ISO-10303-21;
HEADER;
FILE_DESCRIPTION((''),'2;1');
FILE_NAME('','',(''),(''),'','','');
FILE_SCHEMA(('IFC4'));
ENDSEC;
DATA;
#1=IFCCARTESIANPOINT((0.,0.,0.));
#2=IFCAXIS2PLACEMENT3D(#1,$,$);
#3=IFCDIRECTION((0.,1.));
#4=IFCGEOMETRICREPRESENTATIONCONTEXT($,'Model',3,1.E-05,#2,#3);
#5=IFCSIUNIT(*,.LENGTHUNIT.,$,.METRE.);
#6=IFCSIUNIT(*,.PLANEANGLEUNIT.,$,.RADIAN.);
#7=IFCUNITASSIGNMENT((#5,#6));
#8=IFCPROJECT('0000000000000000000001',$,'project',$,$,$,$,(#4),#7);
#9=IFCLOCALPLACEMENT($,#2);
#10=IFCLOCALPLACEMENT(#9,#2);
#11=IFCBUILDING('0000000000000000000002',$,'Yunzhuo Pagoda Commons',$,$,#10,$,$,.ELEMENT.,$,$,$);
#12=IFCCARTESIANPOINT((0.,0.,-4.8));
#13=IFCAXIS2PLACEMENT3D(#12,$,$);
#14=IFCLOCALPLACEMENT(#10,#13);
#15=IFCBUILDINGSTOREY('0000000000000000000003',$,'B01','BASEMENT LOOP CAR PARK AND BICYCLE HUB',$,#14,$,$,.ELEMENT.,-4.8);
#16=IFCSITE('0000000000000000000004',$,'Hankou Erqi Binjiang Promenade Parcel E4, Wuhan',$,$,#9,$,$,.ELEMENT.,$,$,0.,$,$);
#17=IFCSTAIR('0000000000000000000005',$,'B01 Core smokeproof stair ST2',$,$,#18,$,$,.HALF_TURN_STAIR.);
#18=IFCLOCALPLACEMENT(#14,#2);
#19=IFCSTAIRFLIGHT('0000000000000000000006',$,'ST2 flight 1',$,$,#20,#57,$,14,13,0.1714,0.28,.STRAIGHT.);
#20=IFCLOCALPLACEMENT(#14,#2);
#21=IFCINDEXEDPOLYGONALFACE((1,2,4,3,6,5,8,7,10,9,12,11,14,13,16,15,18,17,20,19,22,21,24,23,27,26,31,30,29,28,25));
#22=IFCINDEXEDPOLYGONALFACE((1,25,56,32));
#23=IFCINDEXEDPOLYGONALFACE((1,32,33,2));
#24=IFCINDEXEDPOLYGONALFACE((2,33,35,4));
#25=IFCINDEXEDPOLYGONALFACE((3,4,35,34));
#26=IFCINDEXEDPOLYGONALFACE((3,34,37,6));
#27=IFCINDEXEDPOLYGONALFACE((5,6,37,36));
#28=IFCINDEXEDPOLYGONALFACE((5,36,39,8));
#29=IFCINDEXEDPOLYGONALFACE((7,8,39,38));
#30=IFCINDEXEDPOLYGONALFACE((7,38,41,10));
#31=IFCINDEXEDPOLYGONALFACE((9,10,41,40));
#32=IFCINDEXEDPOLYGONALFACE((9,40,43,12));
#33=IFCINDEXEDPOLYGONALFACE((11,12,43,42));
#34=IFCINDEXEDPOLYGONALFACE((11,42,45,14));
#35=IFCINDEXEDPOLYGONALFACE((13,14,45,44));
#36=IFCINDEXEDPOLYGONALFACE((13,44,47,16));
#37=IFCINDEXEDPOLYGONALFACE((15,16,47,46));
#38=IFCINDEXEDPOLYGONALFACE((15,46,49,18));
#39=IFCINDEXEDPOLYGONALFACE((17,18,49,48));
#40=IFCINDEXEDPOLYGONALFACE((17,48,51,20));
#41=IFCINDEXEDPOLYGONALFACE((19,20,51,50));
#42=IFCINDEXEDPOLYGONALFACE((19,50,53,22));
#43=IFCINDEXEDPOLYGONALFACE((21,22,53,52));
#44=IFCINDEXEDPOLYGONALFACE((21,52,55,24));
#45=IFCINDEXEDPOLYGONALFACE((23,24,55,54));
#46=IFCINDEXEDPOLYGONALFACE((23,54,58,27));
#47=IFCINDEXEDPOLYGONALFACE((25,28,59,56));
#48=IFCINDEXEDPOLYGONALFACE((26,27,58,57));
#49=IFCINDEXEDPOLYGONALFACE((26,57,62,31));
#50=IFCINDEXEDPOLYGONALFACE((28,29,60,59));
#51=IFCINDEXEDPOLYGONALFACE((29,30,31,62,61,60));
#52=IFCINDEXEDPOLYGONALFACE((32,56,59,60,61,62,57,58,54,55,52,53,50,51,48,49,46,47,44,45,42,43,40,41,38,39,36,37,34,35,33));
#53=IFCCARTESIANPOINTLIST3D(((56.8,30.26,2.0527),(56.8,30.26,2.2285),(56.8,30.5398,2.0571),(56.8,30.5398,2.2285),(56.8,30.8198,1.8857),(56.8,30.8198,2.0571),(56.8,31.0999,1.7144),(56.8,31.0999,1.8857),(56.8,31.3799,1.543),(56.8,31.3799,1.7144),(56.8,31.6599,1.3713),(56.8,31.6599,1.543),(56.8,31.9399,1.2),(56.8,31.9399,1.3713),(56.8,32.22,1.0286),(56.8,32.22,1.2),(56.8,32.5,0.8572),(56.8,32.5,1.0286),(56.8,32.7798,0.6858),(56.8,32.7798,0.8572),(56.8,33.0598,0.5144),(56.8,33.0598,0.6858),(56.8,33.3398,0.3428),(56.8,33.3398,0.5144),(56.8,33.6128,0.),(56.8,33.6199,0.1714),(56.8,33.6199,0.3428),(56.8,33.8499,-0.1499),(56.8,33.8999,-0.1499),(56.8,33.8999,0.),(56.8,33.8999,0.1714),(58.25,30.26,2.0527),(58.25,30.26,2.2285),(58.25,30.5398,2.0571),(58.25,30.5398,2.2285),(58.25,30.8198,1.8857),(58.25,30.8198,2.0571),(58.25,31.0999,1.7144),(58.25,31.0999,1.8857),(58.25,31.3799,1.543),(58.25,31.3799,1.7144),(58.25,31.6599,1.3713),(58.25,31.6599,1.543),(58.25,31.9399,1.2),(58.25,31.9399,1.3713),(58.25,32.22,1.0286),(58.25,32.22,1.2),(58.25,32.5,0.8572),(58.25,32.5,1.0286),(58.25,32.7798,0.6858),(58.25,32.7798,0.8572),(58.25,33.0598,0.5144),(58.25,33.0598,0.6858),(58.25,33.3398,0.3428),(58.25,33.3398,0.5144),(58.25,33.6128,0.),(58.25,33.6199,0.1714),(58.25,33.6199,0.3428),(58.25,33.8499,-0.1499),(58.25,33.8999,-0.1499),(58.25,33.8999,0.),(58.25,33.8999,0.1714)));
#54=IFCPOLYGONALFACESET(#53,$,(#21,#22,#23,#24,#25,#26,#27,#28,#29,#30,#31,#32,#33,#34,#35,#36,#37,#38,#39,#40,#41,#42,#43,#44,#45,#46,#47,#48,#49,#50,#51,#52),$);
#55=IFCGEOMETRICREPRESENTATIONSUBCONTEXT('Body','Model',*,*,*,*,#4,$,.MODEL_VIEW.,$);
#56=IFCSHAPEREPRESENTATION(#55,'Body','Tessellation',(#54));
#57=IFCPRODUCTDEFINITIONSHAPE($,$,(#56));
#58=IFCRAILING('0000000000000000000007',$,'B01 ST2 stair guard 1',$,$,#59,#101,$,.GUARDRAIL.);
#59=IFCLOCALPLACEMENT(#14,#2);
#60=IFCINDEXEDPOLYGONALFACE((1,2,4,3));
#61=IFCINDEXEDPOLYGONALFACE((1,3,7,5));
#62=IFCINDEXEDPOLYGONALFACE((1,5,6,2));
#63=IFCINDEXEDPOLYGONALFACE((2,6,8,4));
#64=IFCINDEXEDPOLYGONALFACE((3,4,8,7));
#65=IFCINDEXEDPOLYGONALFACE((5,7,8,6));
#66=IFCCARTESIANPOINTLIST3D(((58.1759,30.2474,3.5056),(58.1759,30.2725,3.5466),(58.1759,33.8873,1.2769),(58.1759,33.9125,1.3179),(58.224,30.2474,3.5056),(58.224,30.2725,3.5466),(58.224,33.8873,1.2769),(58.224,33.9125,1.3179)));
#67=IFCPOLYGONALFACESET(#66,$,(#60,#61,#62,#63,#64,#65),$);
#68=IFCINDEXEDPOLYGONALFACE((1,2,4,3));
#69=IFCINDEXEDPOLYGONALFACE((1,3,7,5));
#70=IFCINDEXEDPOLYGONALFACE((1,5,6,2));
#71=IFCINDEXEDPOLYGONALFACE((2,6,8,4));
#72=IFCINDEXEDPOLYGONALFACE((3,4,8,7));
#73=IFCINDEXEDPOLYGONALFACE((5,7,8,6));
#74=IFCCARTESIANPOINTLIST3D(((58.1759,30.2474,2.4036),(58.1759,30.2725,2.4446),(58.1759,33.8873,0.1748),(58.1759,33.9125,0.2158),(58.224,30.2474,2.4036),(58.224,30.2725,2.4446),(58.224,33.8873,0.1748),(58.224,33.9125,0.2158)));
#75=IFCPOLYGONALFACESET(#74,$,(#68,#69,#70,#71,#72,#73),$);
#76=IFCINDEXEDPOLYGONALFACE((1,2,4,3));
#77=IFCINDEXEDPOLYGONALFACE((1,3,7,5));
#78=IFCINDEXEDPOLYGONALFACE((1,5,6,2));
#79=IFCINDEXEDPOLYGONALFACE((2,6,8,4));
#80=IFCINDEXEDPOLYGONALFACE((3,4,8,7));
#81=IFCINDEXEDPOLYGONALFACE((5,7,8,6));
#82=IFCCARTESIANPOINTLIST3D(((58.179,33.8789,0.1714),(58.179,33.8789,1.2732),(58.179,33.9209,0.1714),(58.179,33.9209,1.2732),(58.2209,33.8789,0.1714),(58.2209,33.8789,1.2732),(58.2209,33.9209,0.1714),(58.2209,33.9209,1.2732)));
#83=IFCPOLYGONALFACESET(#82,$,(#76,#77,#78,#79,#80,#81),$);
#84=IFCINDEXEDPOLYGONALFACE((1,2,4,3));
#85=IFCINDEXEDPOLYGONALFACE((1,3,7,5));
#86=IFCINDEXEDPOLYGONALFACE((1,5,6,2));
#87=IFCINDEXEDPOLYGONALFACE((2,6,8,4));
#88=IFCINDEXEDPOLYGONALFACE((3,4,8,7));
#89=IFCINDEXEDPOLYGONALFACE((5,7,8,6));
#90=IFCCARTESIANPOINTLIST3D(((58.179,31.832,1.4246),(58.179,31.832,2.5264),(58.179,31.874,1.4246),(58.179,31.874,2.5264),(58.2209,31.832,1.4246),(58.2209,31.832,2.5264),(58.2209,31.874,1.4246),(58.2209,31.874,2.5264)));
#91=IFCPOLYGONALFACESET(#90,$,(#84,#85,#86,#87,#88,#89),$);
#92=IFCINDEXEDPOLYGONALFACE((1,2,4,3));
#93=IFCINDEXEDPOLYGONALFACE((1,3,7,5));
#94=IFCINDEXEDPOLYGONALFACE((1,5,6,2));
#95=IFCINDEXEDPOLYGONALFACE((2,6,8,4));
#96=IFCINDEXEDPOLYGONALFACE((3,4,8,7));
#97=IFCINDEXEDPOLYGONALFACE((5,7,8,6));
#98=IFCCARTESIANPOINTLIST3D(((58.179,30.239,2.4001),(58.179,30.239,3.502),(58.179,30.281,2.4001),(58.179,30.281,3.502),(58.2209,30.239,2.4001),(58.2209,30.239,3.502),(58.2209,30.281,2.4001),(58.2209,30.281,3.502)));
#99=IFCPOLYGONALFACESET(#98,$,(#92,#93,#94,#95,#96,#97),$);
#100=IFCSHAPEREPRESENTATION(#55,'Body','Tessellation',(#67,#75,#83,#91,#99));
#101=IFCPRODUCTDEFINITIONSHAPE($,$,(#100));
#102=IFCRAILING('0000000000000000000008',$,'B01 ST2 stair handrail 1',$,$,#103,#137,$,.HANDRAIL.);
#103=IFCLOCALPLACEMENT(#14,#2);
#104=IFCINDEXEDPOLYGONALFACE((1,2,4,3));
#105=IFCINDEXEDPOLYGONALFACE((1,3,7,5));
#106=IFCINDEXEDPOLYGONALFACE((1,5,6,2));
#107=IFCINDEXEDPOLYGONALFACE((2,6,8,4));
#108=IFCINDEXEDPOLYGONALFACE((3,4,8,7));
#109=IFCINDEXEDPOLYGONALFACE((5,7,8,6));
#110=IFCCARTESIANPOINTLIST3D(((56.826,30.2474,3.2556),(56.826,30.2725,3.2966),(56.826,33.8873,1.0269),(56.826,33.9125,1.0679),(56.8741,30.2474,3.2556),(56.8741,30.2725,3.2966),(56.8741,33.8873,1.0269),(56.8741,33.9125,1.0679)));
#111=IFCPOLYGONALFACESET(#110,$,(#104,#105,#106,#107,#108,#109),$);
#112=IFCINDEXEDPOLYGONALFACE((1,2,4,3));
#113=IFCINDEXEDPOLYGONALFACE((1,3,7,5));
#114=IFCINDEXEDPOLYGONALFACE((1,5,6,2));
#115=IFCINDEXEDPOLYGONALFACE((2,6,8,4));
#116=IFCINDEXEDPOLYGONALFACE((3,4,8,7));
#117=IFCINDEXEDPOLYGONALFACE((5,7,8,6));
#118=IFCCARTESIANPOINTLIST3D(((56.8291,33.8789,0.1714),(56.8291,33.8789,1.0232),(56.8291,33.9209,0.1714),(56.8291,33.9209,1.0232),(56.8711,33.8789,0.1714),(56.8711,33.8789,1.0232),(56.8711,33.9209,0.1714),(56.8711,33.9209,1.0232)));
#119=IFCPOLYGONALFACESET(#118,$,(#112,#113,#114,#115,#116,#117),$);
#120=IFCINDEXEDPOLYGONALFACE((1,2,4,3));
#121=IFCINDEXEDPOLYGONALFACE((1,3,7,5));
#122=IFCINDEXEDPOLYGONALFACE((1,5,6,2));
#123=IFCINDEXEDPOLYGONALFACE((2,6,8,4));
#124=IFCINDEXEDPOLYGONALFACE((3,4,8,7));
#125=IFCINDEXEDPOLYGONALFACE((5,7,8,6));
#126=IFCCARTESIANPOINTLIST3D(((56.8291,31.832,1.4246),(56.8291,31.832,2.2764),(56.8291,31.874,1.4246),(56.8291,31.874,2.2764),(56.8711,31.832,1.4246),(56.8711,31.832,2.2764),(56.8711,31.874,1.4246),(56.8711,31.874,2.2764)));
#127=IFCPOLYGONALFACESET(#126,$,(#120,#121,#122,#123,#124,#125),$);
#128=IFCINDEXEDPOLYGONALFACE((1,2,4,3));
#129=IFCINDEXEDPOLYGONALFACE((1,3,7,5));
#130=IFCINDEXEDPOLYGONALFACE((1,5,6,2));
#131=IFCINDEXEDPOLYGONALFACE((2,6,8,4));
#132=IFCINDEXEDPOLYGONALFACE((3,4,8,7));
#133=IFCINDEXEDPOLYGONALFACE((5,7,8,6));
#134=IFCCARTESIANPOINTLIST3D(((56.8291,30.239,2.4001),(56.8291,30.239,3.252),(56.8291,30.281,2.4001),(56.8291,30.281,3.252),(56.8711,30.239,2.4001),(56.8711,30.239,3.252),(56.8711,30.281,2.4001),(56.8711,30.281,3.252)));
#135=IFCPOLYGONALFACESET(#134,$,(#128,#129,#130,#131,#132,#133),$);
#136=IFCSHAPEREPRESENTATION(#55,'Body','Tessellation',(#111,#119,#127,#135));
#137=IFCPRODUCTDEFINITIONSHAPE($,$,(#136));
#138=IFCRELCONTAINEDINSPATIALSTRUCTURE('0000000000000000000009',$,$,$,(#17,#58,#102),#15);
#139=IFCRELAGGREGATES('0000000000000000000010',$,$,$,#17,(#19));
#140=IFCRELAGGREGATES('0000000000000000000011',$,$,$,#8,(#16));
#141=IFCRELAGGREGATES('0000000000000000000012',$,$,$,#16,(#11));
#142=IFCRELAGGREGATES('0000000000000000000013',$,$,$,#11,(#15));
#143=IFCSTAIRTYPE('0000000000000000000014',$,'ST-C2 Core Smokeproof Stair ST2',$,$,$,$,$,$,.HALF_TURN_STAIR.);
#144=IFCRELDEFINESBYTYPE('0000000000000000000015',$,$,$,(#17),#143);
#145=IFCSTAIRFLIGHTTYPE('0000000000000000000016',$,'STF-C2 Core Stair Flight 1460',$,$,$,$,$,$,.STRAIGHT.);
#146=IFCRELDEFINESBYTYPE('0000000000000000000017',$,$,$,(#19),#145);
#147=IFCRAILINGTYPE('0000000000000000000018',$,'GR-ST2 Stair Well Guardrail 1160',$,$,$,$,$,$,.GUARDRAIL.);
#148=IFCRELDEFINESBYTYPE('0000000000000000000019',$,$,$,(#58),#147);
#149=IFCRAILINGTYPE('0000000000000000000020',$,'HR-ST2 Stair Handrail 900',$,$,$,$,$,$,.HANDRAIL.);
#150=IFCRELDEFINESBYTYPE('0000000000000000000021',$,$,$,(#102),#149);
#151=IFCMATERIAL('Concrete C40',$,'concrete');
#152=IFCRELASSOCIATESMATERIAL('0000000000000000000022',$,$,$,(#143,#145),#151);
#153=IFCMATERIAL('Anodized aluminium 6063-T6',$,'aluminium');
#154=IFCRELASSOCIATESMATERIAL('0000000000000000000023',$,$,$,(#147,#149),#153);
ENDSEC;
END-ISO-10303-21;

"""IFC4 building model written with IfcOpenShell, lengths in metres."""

from ifc_helpers import new_model, si_unit, direction, frame, origin, origin_2d, place, context, subcontext, project, spatial, polyline, rectangle, outline, extrude, source, transform, mapped, material, type_object, element, aggregate, save


model = new_model("IFC4")

# Units and contexts
model_context = context("Model", 3, precision=1e-05, world=origin(), true_north=direction((0.0, 1.0)))
body_context = subcontext(model_context, "Body", "Model", "MODEL_VIEW")
ifc_project = project(units=[si_unit("LENGTHUNIT", "METRE"), si_unit("PLANEANGLEUNIT", "RADIAN")], contexts=[model_context])

# Site, building, storey
site_placement = place(None, origin())
site = spatial("IfcSite", under=ifc_project, at=site_placement, Name="Hankou Erqi Binjiang Promenade Parcel E4, Wuhan", CompositionType="ELEMENT", RefElevation=0.0)
building_placement = place(site_placement, origin())
building = spatial("IfcBuilding", under=site, at=building_placement, Name="Yunzhuo Pagoda Commons", CompositionType="ELEMENT")
storey_placement = place(building_placement, frame((0.0, 0.0, -4.8)))
storey = spatial("IfcBuildingStorey", under=building, at=storey_placement, Name="B01", Description="BASEMENT LOOP CAR PARK AND BICYCLE HUB", CompositionType="ELEMENT", Elevation=-4.8)

# Shared definitions
ifc_material_1 = material(Name="Concrete C40", Category="concrete")

# Stair, stair flight
stair_type = type_object("IfcStairType", Name="ST-C2 Core Smokeproof Stair ST2", PredefinedType="HALF_TURN_STAIR", material=ifc_material_1)
stair_placement = place(storey_placement, origin())
stair = element("IfcStair", 1, at=stair_placement, inside=storey, type_object=stair_type, Name="B01 Core smokeproof stair ST2", PredefinedType="HALF_TURN_STAIR")
stair_flight_type = type_object("IfcStairFlightType", Name="STF-C2 Core Stair Flight 1460", PredefinedType="STRAIGHT", material=ifc_material_1)
shared_shape_1 = source(origin(), body_context, "Body", "SweptSolid", [
    extrude(outline(polyline([(0.0, -0.1499), (0.0, 0.0), (0.0, 0.1714), (0.28, 0.1714), (0.28, 0.3428), (0.5601, 0.3428), (0.5601, 0.5144), (0.8401, 0.5144), (0.8401, 0.6858), (1.1201, 0.6858), (1.1201, 0.8572), (1.3999, 0.8572), (1.3999, 1.0286), (1.6799, 1.0286), (1.6799, 1.2), (1.96, 1.2), (1.96, 1.3713), (2.24, 1.3713), (2.24, 1.543), (2.52, 1.543), (2.52, 1.7144), (2.8, 1.7144), (2.8, 1.8857), (3.0801, 1.8857), (3.0801, 2.0571), (3.3601, 2.0571), (3.3601, 2.2285), (3.6399, 2.2285), (3.6399, 2.3999), (3.6399, 2.0527), (0.2871, 0.0), (0.05, -0.1499), (0.0, -0.1499)])), frame((0.0, 0.7251, 0.0), z_axis=(0.0, -1.0, 0.0), x_axis=(1.0, 0.0, 0.0)), (0.0, 0.0, 1.0), 1.45),
])
stair_flight_placement = place(storey_placement, frame((57.5249, 33.8999, 0.0), z_axis=(0.0, 0.0, 1.0), x_axis=(0.0, -1.0, 0.0)))
stair_flight = element("IfcStairFlight", 2, at=stair_flight_placement, type_object=stair_flight_type, Name="ST2 flight 1", NumberOfRisers=14, NumberOfTreads=13, PredefinedType="STRAIGHT", RiserHeight=0.1714, TreadLength=0.28, context=body_context, shape_type="MappedRepresentation", body=[
    mapped(shared_shape_1, transform((0.0, 0.0, 0.0), scale=1.0)),
])
aggregate(stair, [stair_flight])

# Railings
ifc_material_2 = material(Name="Anodized aluminium 6063-T6", Category="aluminium")
railing_type_1 = type_object("IfcRailingType", Name="GR-ST2 Stair Well Guardrail 1160", PredefinedType="GUARDRAIL", material=ifc_material_2)
railing_1_placement = place(storey_placement, frame((58.2, 33.8999, 0.1714)))
element("IfcRailing", 3, at=railing_1_placement, inside=storey, type_object=railing_type_1, Name="B01 ST2 stair guard 1", PredefinedType="GUARDRAIL", context=body_context, shape_type="SweptSolid", body=[
    extrude(rectangle(XDim=0.0481, YDim=0.0481, at=origin_2d()), frame((0.0, 0.0, 1.126), z_axis=(0.0, -0.852825, 0.522197), x_axis=(1.0, 0.0, 0.0)), (0.0, 0.0, 1.0), 4.2681),
    extrude(rectangle(XDim=0.0481, YDim=0.0481, at=origin_2d()), frame((0.0, 0.0, 0.0239), z_axis=(0.0, -0.852825, 0.522197), x_axis=(1.0, 0.0, 0.0)), (0.0, 0.0, 1.0), 4.2681),
    extrude(rectangle(XDim=0.042, YDim=0.042, at=origin_2d()), origin(), (0.0, 0.0, 1.0), 1.1018),
    extrude(rectangle(XDim=0.042, YDim=0.042, at=origin_2d()), frame((0.0, -2.0469, 1.2532)), (0.0, 0.0, 1.0), 1.1018),
    extrude(rectangle(XDim=0.042, YDim=0.042, at=origin_2d()), frame((0.0, -3.6399, 2.2288)), (0.0, 0.0, 1.0), 1.1018),
])
railing_type_2 = type_object("IfcRailingType", Name="HR-ST2 Stair Handrail 900", PredefinedType="HANDRAIL", material=ifc_material_2)
railing_2_placement = place(storey_placement, frame((56.8501, 33.8999, 0.1714)))
element("IfcRailing", 4, at=railing_2_placement, inside=storey, type_object=railing_type_2, Name="B01 ST2 stair handrail 1", PredefinedType="HANDRAIL", context=body_context, shape_type="SweptSolid", body=[
    extrude(rectangle(XDim=0.0481, YDim=0.0481, at=origin_2d()), frame((0.0, 0.0, 0.876), z_axis=(0.0, -0.852825, 0.522197), x_axis=(1.0, 0.0, 0.0)), (0.0, 0.0, 1.0), 4.2681),
    extrude(rectangle(XDim=0.042, YDim=0.042, at=origin_2d()), origin(), (0.0, 0.0, 1.0), 0.8518),
    extrude(rectangle(XDim=0.042, YDim=0.042, at=origin_2d()), frame((0.0, -2.0469, 1.2532)), (0.0, 0.0, 1.0), 0.8518),
    extrude(rectangle(XDim=0.042, YDim=0.042, at=origin_2d()), frame((0.0, -3.6399, 2.2288)), (0.0, 0.0, 1.0), 0.8518),
])

save(model, "model.ifc")
